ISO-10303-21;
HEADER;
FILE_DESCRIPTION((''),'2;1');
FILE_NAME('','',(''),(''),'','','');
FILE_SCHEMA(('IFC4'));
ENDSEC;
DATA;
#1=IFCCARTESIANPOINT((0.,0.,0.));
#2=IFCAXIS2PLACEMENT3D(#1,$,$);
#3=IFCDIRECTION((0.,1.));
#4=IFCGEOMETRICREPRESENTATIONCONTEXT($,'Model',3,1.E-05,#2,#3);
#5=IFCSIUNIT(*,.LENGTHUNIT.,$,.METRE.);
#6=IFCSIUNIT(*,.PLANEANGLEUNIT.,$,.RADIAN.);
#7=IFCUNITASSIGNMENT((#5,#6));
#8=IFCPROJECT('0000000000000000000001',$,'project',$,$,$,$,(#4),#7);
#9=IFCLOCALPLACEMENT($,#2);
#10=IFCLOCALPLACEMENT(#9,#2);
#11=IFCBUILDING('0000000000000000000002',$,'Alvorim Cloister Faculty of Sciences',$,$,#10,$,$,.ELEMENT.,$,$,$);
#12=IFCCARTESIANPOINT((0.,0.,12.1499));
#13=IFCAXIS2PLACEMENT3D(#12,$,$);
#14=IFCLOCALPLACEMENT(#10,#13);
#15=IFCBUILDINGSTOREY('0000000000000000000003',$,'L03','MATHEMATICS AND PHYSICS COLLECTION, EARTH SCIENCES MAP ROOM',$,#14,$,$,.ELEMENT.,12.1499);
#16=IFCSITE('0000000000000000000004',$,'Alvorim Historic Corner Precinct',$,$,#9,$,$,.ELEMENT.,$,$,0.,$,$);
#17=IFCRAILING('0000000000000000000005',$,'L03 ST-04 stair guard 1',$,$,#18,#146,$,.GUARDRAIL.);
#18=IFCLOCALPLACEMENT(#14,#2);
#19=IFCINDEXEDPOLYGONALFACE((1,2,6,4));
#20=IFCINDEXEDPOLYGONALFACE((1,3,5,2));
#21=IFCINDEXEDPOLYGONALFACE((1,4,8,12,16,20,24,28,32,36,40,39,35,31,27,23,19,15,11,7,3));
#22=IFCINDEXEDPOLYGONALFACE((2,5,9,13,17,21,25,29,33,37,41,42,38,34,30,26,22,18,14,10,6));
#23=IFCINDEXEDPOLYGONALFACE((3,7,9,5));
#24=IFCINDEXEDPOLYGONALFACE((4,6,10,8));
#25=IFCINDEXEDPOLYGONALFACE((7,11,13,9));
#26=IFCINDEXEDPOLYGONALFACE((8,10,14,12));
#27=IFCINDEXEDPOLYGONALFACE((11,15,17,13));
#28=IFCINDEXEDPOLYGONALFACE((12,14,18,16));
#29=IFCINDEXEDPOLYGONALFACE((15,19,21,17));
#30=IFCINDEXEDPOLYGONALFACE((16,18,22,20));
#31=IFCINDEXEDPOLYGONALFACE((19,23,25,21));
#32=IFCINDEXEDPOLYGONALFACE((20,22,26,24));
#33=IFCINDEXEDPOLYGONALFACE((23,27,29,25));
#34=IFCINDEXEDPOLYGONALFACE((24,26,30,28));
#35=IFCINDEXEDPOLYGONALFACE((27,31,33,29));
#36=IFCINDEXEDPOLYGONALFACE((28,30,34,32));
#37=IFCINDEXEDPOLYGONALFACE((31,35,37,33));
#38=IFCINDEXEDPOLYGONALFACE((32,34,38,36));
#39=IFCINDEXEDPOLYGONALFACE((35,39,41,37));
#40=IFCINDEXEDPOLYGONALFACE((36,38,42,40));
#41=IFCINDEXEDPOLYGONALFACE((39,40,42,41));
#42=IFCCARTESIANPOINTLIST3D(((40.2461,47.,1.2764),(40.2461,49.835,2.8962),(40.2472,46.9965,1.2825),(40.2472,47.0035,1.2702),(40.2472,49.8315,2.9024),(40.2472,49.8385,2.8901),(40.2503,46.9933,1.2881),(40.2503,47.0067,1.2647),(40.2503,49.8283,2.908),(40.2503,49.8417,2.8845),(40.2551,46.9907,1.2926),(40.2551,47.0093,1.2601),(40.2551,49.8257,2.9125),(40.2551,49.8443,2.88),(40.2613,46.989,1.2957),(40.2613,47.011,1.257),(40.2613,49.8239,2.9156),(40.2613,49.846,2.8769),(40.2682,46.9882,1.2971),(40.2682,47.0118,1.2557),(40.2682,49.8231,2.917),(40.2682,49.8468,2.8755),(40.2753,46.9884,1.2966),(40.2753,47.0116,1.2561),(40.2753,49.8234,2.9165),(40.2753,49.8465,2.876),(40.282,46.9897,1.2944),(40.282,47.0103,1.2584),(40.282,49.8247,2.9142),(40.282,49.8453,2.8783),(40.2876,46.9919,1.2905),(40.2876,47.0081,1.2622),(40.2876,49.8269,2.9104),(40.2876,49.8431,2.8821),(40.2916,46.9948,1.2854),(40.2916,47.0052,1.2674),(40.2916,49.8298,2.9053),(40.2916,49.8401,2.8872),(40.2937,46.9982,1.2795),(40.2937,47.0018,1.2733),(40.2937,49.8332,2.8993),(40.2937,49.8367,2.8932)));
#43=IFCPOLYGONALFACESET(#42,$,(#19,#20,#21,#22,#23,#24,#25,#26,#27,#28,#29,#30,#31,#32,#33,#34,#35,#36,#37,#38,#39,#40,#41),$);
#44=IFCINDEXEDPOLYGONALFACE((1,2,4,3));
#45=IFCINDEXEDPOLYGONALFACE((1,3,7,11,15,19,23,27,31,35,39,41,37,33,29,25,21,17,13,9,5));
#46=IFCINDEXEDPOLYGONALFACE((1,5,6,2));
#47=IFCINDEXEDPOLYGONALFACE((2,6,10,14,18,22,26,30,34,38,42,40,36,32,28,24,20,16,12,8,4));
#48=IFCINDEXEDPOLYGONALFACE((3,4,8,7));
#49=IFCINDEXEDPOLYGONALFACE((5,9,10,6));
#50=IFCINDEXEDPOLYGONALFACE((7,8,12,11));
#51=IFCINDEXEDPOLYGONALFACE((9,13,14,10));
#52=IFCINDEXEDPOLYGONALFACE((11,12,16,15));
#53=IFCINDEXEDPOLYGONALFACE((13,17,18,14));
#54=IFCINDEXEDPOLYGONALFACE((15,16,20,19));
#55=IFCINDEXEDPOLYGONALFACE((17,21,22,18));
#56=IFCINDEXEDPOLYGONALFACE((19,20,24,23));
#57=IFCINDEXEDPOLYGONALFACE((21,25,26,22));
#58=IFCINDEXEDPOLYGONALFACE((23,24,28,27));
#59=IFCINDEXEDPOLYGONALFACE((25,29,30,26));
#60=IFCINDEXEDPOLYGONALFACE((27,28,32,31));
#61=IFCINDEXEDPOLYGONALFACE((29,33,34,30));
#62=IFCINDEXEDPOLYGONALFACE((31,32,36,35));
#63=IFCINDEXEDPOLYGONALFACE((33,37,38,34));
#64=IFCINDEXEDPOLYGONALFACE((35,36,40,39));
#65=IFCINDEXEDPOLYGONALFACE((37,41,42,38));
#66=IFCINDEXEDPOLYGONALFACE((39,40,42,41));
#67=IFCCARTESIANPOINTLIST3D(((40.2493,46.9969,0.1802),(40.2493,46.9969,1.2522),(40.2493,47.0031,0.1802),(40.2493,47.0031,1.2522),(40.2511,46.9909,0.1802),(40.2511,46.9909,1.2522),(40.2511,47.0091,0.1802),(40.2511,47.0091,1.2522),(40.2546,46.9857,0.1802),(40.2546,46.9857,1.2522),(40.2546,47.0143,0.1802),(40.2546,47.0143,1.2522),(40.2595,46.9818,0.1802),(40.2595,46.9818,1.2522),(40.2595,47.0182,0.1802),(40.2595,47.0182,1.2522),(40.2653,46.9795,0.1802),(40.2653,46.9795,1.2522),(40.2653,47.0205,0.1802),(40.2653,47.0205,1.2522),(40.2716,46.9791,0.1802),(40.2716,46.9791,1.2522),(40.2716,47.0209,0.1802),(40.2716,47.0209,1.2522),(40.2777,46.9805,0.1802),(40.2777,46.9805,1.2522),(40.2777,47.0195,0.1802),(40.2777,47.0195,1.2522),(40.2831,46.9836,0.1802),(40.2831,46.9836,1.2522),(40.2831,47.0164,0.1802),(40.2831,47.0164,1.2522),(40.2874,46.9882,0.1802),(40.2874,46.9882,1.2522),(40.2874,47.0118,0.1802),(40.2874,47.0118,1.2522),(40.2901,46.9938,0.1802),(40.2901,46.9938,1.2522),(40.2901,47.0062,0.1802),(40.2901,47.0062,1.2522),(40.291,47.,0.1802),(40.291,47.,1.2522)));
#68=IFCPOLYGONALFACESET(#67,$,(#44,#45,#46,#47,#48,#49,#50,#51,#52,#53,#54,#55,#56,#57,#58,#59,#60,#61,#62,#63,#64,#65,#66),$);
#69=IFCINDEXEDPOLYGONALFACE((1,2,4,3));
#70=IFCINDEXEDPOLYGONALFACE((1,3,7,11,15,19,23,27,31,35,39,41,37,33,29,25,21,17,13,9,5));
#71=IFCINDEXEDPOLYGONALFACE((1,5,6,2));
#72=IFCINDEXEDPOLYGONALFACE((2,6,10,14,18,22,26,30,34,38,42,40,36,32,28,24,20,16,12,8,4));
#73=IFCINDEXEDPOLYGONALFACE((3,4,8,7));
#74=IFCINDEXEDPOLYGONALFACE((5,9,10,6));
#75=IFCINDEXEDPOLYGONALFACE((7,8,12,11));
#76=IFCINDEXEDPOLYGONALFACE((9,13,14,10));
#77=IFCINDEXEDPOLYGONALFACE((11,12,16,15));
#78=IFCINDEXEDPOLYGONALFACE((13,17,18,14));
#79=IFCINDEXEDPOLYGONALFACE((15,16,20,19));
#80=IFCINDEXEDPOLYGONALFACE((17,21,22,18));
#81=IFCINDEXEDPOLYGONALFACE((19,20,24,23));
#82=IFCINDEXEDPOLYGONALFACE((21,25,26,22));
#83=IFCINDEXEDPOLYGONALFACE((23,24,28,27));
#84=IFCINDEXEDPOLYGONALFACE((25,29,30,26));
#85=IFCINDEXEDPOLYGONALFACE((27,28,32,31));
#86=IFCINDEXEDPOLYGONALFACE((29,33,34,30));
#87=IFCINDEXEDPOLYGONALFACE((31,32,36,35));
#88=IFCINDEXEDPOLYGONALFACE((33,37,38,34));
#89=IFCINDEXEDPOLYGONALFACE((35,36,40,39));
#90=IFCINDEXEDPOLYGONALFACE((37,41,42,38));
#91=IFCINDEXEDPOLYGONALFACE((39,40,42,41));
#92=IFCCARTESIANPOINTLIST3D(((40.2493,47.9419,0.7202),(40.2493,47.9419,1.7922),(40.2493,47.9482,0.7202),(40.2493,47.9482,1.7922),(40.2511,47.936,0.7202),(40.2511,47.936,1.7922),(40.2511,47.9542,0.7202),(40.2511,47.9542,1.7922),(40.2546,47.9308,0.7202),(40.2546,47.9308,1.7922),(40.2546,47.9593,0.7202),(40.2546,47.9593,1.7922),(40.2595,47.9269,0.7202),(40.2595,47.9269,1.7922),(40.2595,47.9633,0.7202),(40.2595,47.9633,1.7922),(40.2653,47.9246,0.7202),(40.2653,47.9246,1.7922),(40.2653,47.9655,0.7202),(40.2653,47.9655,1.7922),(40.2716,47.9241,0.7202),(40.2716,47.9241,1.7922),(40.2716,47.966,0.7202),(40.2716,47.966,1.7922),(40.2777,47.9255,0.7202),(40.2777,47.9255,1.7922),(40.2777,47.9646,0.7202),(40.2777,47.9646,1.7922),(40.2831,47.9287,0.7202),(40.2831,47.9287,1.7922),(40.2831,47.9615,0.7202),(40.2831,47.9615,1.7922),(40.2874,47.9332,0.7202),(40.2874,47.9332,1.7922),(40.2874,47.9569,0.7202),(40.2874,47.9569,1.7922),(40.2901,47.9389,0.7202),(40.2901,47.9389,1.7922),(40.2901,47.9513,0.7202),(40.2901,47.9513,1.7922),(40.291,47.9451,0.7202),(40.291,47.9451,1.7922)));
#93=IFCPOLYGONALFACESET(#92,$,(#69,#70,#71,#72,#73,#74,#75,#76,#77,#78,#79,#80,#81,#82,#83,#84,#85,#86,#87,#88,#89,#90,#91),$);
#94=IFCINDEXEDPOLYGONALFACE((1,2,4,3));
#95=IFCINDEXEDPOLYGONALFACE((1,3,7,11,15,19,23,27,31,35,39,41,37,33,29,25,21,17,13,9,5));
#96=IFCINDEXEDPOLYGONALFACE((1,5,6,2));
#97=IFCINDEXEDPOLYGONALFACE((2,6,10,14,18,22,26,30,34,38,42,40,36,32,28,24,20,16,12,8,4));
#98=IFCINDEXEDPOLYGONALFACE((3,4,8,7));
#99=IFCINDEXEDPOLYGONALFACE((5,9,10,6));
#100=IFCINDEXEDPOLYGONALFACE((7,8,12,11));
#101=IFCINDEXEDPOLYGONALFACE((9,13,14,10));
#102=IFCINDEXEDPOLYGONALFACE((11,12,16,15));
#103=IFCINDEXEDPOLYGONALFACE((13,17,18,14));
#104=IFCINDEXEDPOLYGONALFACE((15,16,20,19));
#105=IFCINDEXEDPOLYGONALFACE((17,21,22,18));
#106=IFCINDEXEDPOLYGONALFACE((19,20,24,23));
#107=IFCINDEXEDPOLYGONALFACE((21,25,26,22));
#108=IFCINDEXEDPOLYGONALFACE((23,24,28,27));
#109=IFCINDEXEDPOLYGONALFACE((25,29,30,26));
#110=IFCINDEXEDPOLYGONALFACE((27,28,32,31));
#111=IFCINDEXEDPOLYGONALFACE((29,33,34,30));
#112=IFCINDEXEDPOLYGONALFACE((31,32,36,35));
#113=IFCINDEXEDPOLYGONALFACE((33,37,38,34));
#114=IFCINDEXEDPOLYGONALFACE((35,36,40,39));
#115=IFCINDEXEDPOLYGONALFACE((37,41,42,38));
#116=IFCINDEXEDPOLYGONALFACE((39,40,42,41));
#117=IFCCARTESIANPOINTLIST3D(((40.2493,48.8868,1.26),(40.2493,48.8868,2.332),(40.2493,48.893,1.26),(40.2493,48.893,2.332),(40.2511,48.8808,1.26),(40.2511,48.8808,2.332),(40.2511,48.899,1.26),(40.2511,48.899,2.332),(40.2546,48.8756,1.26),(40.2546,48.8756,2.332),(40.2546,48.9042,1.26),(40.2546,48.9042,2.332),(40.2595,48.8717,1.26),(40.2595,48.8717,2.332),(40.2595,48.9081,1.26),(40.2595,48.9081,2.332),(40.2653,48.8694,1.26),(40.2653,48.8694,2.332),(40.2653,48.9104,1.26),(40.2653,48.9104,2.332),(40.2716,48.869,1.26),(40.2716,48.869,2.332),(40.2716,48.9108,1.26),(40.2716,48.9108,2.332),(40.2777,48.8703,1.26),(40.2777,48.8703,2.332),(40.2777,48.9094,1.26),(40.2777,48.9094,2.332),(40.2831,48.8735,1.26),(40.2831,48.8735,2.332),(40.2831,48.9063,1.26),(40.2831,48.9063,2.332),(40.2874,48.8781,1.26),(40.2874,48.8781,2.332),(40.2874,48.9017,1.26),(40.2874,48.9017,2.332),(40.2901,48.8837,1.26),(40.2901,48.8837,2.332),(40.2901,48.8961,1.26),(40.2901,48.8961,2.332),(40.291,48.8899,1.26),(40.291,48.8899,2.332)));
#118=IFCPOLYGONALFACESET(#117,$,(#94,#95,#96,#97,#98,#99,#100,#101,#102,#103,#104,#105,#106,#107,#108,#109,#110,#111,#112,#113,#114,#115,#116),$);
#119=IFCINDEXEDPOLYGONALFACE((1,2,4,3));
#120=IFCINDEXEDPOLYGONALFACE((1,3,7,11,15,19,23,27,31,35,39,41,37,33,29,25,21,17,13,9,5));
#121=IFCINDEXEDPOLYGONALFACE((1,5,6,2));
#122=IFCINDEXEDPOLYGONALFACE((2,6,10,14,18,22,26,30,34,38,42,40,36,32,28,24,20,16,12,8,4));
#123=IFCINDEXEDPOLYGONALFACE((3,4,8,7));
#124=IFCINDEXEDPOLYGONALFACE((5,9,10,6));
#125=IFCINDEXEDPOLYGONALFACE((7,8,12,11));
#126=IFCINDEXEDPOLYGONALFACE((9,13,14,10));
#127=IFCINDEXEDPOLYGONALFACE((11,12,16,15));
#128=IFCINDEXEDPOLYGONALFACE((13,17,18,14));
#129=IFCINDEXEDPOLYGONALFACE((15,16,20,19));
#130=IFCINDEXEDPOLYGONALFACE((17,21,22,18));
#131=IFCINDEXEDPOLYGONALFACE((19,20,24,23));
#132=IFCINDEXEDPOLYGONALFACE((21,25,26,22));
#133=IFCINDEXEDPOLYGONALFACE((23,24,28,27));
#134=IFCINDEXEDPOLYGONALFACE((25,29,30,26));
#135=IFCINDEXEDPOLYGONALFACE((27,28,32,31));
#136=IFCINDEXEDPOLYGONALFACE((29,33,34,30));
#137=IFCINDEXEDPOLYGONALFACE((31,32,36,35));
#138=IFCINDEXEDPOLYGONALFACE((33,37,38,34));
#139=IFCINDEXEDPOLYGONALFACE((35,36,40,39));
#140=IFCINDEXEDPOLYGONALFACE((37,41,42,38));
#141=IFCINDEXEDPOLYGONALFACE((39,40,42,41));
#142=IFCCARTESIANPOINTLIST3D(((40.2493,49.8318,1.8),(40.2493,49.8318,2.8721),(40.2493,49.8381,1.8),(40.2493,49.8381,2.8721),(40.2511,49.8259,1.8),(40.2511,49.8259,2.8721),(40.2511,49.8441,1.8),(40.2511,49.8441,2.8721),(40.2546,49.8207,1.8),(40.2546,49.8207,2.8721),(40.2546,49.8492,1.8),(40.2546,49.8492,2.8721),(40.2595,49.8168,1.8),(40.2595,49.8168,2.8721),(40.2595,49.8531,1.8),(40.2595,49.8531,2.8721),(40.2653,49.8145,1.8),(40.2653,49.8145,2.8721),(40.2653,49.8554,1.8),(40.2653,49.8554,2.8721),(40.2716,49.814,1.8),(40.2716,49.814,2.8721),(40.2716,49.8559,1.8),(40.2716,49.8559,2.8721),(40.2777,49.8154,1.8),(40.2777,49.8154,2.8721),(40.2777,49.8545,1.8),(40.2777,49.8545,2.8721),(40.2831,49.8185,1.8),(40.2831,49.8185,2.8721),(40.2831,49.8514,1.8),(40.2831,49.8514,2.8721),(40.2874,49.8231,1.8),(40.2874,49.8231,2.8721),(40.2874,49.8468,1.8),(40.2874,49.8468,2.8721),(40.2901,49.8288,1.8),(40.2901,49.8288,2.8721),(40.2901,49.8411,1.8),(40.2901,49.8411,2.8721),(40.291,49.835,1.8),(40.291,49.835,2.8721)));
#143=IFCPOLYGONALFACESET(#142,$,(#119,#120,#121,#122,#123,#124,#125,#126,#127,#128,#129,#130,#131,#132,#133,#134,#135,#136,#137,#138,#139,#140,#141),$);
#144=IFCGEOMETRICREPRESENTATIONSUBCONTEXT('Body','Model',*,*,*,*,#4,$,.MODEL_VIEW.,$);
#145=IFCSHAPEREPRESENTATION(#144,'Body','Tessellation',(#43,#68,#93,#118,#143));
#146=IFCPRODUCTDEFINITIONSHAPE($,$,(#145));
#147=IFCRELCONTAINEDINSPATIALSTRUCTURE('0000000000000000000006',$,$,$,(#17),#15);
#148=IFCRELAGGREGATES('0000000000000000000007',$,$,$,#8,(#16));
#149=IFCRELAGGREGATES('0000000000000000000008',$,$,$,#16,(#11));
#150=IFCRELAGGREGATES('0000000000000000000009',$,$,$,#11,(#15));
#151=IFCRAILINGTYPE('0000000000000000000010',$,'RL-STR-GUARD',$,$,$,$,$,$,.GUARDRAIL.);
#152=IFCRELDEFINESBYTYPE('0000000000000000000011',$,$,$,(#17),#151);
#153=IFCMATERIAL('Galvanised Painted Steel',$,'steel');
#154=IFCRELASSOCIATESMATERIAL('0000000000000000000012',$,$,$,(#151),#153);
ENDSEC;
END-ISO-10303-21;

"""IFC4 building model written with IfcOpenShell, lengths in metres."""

from ifc_helpers import new_model, si_unit, direction, frame, origin, origin_2d, place, context, subcontext, project, spatial, circle, extrude, material, type_object, element, save


model = new_model("IFC4")

# Units and contexts
model_context = context("Model", 3, precision=1e-05, world=origin(), true_north=direction((0.0, 1.0)))
body_context = subcontext(model_context, "Body", "Model", "MODEL_VIEW")
ifc_project = project(units=[si_unit("LENGTHUNIT", "METRE"), si_unit("PLANEANGLEUNIT", "RADIAN")], contexts=[model_context])

# Site, building, storey
site_placement = place(None, origin())
site = spatial("IfcSite", under=ifc_project, at=site_placement, Name="Alvorim Historic Corner Precinct", CompositionType="ELEMENT", RefElevation=0.0)
building_placement = place(site_placement, origin())
building = spatial("IfcBuilding", under=site, at=building_placement, Name="Alvorim Cloister Faculty of Sciences", CompositionType="ELEMENT")
storey_placement = place(building_placement, frame((0.0, 0.0, 12.1499)))
storey = spatial("IfcBuildingStorey", under=building, at=storey_placement, Name="L03", Description="MATHEMATICS AND PHYSICS COLLECTION, EARTH SCIENCES MAP ROOM", CompositionType="ELEMENT", Elevation=12.1499)

# Railing
ifc_material_1 = material(Name="Galvanised Painted Steel", Category="steel")
railing_type_1 = type_object("IfcRailingType", Name="RL-STR-GUARD", PredefinedType="GUARDRAIL", material=ifc_material_1)
railing_1_placement = place(storey_placement, frame((40.27, 47.0, 0.1802)))
element("IfcRailing", 1, at=railing_1_placement, inside=storey, type_object=railing_type_1, Name="L03 ST-04 stair guard 1", PredefinedType="GUARDRAIL", context=body_context, shape_type="SweptSolid", body=[
    extrude(circle(Radius=0.0239, at=origin_2d()), frame((0.0, 0.0, 1.0962), z_axis=(0.0, 0.868257, 0.496115), x_axis=(-1.0, 0.0, 0.0)), (0.0, 0.0, 1.0), 3.2651),
    extrude(circle(Radius=0.021, at=origin_2d()), origin(), (0.0, 0.0, 1.0), 1.072),
    extrude(circle(Radius=0.021, at=origin_2d()), frame((0.0, 0.9451, 0.54)), (0.0, 0.0, 1.0), 1.072),
    extrude(circle(Radius=0.021, at=origin_2d()), frame((0.0, 1.8899, 1.0798)), (0.0, 0.0, 1.0), 1.072),
    extrude(circle(Radius=0.021, at=origin_2d()), frame((0.0, 2.835, 1.6199)), (0.0, 0.0, 1.0), 1.072),
])

save(model, "model.ifc")
